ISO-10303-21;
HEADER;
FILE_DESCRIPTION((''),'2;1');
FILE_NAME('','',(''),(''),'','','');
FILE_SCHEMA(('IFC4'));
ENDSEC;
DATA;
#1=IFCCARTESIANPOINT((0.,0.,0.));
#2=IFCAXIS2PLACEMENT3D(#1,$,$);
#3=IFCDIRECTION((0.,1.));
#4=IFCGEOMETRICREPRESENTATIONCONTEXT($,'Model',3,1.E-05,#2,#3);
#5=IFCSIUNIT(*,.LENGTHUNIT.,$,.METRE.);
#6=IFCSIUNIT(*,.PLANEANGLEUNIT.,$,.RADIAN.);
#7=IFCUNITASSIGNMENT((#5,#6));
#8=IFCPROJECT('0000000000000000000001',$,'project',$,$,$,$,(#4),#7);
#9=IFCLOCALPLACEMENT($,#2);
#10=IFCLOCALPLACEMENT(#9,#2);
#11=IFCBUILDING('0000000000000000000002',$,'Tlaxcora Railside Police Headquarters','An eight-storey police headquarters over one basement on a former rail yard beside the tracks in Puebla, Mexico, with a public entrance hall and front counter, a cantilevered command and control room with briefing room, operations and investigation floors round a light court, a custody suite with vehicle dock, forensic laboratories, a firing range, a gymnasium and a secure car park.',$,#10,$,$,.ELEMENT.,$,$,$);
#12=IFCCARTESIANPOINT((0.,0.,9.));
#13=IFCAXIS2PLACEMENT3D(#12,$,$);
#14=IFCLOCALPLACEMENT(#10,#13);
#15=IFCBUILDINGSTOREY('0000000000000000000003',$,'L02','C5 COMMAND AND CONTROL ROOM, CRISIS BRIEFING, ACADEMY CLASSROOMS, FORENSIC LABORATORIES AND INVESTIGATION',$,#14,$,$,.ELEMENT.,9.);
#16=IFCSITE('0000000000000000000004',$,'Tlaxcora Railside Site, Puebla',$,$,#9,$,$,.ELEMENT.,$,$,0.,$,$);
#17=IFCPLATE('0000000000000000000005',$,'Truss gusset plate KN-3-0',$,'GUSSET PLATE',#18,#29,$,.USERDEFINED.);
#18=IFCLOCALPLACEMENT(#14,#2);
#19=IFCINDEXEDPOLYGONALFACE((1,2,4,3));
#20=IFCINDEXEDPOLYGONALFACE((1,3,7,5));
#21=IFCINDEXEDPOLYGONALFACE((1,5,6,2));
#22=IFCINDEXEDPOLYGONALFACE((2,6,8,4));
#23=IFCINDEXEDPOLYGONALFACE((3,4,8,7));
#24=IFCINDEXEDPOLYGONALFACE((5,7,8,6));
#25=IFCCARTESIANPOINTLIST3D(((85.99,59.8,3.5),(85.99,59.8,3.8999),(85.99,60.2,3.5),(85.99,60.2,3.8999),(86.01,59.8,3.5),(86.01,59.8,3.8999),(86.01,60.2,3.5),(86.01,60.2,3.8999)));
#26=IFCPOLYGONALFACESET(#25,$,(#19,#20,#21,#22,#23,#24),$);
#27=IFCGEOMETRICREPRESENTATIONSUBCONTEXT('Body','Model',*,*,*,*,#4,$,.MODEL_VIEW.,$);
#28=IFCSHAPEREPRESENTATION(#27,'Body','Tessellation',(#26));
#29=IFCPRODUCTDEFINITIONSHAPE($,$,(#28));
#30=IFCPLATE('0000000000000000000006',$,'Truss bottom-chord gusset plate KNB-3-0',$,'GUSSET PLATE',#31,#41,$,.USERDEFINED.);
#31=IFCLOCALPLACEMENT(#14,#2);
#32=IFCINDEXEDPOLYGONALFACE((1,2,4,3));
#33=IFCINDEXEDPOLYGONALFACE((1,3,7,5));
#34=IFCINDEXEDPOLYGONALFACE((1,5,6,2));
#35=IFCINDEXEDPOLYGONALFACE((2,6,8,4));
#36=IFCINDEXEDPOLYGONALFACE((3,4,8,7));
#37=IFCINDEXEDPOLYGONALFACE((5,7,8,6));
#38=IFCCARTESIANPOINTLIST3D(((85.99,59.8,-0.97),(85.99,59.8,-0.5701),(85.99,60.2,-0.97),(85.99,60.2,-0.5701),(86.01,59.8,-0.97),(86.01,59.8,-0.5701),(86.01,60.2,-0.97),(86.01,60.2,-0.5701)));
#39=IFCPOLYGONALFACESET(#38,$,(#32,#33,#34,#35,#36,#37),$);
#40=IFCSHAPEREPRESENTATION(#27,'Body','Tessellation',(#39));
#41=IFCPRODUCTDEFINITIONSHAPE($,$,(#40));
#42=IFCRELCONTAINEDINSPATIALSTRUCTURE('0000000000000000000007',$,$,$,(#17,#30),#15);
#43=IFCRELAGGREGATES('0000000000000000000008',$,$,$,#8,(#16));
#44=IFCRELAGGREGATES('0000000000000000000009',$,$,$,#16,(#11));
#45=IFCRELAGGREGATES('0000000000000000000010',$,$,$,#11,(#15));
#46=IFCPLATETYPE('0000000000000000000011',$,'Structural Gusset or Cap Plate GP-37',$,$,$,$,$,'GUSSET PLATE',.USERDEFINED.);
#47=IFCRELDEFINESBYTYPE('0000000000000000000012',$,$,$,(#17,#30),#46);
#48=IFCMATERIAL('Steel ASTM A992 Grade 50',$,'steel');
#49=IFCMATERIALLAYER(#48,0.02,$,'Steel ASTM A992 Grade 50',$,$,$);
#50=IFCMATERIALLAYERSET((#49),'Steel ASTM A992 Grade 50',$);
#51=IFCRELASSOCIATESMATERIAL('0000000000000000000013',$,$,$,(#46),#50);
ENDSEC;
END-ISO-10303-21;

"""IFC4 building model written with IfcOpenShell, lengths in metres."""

from ifc_helpers import new_model, si_unit, direction, frame, origin, origin_2d, place, context, subcontext, project, spatial, rectangle, extrude, material, layer, layer_set, type_object, element, save


model = new_model("IFC4")

# Units and contexts
model_context = context("Model", 3, precision=1e-05, world=origin(), true_north=direction((0.0, 1.0)))
body_context = subcontext(model_context, "Body", "Model", "MODEL_VIEW")
ifc_project = project(units=[si_unit("LENGTHUNIT", "METRE"), si_unit("PLANEANGLEUNIT", "RADIAN")], contexts=[model_context])

# Site, building, storey
site_placement = place(None, origin())
site = spatial("IfcSite", under=ifc_project, at=site_placement, Name="Tlaxcora Railside Site, Puebla", CompositionType="ELEMENT", RefElevation=0.0)
building_placement = place(site_placement, origin())
building = spatial("IfcBuilding", under=site, at=building_placement, Name="Tlaxcora Railside Police Headquarters", Description="An eight-storey police headquarters over one basement on a former rail yard beside the tracks in Puebla, Mexico, with a public entrance hall and front counter, a cantilevered command and control room with briefing room, operations and investigation floors round a light court, a custody suite with vehicle dock, forensic laboratories, a firing range, a gymnasium and a secure car park.", CompositionType="ELEMENT")
storey_placement = place(building_placement, frame((0.0, 0.0, 9.0)))
storey = spatial("IfcBuildingStorey", under=building, at=storey_placement, Name="L02", Description="C5 COMMAND AND CONTROL ROOM, CRISIS BRIEFING, ACADEMY CLASSROOMS, FORENSIC LABORATORIES AND INVESTIGATION", CompositionType="ELEMENT", Elevation=9.0)

# Shared definitions
ifc_material_1 = material(Name="Steel ASTM A992 Grade 50", Category="steel")

# Plates
ifc_layer_1 = layer(ifc_material_1, 0.02, Name="Steel ASTM A992 Grade 50")
ifc_layer_set_1 = layer_set([ifc_layer_1], Name="Steel ASTM A992 Grade 50")
plate_type_1 = type_object("IfcPlateType", Name="Structural Gusset or Cap Plate GP-37", ElementType="GUSSET PLATE", PredefinedType="USERDEFINED", material=ifc_layer_set_1)
for number, where, z_axis, x_axis, name in (
    (1, (86.0, 60.0, 3.5), (0.0, 0.0, 1.0), (0.0, 1.0, 0.0), "Truss gusset plate KN-3-0"),
    (2, (86.0, 60.0, -0.97), (0.0, 0.0, 1.0), (0.0, 1.0, 0.0), "Truss bottom-chord gusset plate KNB-3-0"),
):
    element("IfcPlate", number, at=place(storey_placement, frame(where, z_axis=z_axis, x_axis=x_axis)), inside=storey, type_object=plate_type_1, Name=name, ObjectType="GUSSET PLATE", PredefinedType="USERDEFINED", context=body_context, shape_type="SweptSolid", body=[
        extrude(rectangle(XDim=0.3999, YDim=0.02, at=origin_2d()), origin(), (0.0, 0.0, 1.0), 0.3999),
    ])

save(model, "model.ifc")
